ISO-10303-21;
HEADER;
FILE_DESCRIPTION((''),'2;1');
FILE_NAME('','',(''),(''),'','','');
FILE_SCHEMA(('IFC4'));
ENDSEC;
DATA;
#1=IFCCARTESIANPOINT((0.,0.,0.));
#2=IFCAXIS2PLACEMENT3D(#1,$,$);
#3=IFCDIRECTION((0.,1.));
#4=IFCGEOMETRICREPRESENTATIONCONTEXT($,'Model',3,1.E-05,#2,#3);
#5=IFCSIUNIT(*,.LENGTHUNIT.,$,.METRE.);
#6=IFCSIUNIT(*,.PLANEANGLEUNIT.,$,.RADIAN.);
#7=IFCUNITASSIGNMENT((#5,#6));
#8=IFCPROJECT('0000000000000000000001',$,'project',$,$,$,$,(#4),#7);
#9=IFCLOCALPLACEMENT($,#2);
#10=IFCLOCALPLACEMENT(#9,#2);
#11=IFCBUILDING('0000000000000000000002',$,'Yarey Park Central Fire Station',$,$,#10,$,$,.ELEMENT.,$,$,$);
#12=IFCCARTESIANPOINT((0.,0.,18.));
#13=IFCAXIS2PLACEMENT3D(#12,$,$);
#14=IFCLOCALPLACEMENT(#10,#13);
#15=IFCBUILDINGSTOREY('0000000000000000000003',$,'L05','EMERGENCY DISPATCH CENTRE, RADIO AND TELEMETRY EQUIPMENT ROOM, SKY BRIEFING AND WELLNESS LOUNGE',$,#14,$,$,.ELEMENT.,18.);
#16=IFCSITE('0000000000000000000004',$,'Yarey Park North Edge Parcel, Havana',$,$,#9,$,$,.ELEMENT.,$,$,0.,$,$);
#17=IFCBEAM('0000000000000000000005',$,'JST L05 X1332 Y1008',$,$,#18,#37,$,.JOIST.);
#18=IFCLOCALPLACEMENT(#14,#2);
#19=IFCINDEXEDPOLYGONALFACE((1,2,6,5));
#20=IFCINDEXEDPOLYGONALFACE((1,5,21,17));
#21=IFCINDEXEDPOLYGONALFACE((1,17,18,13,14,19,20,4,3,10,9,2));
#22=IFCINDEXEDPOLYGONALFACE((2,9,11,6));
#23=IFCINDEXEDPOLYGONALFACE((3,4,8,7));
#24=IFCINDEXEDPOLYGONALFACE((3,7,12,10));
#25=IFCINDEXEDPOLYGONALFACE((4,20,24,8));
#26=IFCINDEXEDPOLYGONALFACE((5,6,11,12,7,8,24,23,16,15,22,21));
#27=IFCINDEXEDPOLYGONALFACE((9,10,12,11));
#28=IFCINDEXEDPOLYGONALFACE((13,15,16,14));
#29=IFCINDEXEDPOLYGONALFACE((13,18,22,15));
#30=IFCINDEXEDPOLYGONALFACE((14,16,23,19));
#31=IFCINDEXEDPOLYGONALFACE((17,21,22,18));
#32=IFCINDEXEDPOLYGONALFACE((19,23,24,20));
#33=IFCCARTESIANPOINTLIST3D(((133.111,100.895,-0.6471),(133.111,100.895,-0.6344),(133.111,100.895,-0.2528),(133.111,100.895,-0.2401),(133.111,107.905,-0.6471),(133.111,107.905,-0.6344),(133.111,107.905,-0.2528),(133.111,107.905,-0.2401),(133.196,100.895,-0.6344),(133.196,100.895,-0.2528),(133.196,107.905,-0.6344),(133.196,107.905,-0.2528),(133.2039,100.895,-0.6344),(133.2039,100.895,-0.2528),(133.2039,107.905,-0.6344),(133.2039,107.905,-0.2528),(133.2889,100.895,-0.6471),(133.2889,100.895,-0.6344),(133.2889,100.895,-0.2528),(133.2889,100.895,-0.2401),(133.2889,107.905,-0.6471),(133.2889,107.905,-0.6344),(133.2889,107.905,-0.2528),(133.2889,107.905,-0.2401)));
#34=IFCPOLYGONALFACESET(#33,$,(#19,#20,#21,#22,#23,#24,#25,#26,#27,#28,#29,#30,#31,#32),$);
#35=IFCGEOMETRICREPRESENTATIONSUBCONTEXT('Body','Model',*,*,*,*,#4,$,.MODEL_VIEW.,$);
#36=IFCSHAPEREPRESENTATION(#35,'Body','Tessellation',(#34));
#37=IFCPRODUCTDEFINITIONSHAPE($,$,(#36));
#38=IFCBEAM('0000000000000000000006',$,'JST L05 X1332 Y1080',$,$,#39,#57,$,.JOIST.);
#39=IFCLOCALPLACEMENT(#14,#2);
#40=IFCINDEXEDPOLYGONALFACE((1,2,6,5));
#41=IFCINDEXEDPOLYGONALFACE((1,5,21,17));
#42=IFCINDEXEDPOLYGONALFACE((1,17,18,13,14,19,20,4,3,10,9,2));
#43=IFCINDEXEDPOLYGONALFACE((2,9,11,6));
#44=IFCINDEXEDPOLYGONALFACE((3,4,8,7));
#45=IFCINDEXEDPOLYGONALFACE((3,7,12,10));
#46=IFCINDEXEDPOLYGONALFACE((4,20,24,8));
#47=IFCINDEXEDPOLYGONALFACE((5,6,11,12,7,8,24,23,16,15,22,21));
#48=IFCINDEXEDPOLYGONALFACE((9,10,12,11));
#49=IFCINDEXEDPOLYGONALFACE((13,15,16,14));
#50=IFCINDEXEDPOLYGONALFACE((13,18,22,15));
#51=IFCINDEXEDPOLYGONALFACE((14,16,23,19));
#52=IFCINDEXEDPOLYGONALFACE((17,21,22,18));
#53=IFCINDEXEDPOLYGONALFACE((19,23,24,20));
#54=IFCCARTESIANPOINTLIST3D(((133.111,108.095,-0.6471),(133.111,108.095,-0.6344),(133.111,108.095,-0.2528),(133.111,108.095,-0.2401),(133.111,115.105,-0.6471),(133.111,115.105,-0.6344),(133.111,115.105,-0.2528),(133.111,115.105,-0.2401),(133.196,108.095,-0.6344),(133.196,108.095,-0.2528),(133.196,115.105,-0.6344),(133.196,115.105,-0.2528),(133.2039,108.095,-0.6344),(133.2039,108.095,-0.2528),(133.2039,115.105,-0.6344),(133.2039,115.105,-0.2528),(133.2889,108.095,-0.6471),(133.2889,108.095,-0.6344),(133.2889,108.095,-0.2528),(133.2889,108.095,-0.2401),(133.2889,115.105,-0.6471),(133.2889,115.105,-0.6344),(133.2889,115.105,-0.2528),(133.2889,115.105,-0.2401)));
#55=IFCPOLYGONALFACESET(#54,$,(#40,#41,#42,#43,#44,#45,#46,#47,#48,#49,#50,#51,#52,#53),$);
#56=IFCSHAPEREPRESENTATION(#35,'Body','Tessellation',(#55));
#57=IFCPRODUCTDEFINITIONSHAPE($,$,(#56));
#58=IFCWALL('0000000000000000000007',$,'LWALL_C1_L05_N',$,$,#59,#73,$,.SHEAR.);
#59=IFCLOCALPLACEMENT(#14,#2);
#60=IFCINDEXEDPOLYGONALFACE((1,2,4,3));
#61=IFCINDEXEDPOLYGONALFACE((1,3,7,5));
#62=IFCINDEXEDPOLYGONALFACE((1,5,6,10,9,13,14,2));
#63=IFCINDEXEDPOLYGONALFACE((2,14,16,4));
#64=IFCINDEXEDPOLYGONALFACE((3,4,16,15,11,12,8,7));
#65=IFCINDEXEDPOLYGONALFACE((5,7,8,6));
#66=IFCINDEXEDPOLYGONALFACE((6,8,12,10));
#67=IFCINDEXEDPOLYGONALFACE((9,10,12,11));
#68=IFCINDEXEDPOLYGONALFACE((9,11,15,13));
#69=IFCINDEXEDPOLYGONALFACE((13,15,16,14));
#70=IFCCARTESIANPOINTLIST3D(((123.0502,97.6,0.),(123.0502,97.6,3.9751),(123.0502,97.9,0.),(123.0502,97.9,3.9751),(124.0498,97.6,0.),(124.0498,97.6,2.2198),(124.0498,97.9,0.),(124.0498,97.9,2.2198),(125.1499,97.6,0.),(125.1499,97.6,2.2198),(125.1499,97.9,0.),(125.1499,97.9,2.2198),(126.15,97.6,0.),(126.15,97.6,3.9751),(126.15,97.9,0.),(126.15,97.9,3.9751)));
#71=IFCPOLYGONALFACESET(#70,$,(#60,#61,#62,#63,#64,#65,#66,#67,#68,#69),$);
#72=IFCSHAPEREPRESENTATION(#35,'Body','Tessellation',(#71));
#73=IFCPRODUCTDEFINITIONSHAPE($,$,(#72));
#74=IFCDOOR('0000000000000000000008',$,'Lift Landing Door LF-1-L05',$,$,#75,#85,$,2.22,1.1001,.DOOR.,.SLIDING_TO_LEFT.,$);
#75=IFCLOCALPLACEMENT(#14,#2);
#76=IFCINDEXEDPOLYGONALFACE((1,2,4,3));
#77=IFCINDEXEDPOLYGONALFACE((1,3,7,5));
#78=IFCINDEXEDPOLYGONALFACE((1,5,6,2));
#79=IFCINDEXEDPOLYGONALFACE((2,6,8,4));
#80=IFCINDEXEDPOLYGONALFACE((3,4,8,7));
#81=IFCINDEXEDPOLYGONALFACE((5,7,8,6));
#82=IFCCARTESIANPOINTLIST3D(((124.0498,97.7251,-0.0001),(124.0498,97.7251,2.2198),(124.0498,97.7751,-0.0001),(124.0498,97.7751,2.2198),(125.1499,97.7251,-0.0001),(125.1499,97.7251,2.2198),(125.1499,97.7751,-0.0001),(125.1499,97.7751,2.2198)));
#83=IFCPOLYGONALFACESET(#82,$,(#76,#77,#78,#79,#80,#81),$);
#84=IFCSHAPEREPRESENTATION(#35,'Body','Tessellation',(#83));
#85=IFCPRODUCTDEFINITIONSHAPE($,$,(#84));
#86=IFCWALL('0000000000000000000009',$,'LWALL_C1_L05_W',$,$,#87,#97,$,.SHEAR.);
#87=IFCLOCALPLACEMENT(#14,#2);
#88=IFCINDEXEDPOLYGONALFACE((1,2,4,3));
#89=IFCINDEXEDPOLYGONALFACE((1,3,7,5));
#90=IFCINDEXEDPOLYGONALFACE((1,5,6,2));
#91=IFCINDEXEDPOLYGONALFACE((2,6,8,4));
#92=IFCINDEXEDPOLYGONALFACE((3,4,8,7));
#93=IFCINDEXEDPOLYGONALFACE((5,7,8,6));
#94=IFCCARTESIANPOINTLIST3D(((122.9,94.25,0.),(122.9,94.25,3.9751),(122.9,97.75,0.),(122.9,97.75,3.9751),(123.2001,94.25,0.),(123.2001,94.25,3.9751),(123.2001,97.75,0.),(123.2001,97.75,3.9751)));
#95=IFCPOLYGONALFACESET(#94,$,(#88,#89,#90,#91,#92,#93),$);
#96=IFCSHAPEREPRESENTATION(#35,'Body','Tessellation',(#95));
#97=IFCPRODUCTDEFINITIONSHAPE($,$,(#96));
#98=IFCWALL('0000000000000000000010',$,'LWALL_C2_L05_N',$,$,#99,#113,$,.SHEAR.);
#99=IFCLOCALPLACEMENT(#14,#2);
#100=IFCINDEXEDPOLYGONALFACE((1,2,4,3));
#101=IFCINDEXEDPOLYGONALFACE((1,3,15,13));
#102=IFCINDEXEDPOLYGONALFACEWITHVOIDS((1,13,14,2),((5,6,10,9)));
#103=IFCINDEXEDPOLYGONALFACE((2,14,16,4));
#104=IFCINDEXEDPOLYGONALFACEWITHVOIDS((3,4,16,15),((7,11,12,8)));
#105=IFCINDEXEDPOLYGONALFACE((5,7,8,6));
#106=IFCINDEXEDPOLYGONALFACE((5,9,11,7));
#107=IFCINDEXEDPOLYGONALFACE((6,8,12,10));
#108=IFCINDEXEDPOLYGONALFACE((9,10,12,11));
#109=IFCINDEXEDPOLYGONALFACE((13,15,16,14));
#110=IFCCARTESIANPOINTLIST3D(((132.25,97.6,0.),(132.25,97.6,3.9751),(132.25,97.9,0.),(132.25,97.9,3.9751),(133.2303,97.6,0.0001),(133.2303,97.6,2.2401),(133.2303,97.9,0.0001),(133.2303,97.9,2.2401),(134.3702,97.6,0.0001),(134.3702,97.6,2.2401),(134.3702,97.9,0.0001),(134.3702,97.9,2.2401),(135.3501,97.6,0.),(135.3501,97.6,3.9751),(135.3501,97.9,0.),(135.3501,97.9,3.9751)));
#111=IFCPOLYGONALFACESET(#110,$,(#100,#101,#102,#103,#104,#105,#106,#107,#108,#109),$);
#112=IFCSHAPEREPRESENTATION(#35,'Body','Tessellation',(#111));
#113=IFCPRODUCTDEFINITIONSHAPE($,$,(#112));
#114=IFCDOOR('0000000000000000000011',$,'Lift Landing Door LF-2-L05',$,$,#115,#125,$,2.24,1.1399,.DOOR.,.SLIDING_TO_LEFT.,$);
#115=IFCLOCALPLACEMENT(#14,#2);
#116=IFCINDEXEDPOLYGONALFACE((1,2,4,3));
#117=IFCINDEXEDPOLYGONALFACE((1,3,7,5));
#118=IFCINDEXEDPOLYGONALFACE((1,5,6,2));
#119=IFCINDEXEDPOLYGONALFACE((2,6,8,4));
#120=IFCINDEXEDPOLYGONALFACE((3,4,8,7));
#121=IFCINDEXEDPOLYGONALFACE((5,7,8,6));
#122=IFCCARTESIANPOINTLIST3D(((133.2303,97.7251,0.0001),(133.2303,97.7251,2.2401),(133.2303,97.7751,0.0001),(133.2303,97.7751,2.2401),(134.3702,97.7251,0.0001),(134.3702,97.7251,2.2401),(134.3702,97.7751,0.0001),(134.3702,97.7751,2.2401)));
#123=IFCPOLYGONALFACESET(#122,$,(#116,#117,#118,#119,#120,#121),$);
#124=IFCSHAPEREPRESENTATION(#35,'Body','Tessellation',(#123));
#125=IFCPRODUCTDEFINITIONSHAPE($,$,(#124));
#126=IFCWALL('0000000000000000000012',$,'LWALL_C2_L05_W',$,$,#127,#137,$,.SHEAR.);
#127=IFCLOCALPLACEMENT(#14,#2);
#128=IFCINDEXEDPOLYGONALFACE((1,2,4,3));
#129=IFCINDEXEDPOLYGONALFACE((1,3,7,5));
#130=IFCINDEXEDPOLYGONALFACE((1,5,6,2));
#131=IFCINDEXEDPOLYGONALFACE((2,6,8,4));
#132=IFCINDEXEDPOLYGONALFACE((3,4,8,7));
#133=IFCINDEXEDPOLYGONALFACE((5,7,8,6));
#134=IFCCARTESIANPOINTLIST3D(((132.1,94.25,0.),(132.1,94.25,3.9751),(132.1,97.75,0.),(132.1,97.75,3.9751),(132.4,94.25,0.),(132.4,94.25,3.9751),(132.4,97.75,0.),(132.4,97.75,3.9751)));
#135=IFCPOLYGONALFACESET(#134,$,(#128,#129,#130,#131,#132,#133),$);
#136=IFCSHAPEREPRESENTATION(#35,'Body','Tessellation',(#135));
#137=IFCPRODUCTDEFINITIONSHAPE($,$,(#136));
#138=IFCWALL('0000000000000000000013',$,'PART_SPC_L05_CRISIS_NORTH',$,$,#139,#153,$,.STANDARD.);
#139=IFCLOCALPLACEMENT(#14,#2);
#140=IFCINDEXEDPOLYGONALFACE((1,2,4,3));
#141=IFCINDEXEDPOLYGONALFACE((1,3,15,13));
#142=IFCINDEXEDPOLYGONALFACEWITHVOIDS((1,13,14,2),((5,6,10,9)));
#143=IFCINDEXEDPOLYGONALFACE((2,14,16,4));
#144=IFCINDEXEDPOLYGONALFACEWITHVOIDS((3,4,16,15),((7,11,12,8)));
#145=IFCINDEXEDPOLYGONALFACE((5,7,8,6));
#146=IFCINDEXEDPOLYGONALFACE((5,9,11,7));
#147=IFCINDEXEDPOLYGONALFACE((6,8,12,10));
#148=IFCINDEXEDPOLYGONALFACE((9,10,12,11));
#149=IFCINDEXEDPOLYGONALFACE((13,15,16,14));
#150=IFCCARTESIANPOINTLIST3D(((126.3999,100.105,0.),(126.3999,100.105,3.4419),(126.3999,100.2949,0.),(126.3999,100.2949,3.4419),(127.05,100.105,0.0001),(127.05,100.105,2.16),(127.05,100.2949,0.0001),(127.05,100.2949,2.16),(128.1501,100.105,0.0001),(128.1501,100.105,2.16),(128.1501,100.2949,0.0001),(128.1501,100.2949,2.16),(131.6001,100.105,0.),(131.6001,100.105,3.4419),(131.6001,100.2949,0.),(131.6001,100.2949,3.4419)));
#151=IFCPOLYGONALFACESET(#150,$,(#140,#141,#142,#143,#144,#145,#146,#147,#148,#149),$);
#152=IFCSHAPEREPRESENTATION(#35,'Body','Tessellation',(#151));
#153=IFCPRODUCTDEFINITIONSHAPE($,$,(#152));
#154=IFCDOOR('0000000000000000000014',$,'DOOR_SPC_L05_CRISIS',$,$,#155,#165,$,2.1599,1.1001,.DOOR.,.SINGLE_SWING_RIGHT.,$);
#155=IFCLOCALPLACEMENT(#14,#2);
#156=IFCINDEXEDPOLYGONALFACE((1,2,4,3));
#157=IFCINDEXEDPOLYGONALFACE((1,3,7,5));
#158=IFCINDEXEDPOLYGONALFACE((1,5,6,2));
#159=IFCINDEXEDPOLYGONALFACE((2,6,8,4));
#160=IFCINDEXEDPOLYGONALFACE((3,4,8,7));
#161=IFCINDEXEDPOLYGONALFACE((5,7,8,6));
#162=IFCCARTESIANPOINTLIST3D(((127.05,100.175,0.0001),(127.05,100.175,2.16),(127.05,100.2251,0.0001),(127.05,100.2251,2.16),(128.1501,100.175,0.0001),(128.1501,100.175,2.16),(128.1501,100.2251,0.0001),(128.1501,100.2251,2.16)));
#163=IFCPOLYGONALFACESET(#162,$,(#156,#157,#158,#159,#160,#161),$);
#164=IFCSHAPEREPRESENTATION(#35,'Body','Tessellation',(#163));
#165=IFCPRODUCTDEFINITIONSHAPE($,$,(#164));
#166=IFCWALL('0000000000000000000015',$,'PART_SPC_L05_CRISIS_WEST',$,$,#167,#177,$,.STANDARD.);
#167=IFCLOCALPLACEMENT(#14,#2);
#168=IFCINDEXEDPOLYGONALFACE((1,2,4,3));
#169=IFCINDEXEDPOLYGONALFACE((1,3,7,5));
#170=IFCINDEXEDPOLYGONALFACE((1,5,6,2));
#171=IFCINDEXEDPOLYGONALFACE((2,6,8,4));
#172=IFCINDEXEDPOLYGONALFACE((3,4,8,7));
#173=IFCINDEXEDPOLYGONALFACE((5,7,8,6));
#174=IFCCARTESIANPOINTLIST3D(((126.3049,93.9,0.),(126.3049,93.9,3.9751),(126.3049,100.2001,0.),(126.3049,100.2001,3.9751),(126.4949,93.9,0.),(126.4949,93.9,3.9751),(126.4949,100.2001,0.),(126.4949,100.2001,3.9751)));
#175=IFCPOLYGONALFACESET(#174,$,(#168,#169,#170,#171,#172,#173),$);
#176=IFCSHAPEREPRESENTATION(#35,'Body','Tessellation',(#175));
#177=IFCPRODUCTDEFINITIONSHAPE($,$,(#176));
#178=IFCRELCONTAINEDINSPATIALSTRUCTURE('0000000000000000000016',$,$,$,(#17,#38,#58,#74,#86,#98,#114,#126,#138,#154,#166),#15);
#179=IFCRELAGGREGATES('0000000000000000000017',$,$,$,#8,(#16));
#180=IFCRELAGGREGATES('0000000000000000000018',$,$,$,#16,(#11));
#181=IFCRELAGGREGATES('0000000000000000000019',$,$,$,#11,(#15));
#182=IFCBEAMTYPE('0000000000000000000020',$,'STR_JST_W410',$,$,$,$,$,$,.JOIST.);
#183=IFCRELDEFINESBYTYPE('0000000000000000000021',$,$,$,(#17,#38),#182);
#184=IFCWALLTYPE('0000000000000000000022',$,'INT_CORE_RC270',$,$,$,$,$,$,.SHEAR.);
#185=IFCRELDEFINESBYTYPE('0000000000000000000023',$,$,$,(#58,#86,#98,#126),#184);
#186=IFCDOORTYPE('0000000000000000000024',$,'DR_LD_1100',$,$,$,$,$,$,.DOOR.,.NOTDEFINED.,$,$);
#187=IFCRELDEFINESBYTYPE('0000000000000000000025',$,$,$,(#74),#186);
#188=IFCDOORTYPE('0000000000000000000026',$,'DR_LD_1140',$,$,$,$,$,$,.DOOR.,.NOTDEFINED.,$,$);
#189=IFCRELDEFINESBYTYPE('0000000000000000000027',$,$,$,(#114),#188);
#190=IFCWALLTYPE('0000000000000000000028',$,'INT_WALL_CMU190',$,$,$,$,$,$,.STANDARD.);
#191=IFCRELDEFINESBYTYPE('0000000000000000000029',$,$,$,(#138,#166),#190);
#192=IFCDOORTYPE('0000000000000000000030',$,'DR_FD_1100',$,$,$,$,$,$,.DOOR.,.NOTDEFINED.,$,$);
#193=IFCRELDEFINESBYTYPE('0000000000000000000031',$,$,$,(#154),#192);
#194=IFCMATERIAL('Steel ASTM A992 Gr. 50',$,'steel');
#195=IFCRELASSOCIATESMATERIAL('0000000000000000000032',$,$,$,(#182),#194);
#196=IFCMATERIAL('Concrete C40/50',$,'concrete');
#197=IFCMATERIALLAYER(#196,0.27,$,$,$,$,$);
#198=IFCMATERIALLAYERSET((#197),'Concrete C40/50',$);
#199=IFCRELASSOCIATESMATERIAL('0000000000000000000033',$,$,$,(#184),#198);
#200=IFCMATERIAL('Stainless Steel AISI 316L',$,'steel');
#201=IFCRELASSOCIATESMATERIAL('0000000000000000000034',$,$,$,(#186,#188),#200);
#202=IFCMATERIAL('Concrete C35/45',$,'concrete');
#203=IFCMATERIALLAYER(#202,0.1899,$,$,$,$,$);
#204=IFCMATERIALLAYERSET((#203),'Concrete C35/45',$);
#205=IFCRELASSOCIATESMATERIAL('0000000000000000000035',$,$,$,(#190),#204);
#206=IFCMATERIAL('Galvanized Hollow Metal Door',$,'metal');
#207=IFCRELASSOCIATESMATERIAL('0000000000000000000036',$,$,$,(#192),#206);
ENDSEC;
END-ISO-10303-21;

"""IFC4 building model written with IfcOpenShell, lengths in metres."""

from ifc_helpers import new_model, si_unit, direction, frame, frame_2d, origin, origin_2d, place, context, subcontext, project, spatial, rectangle, i_section, extrude, material, layer, layer_set, material_profile, profile_set, type_object, element, fill, save


model = new_model("IFC4")

# Units and contexts
model_context = context("Model", 3, precision=1e-05, world=origin(), true_north=direction((0.0, 1.0)))
body_context = subcontext(model_context, "Body", "Model", "MODEL_VIEW")
ifc_project = project(units=[si_unit("LENGTHUNIT", "METRE"), si_unit("PLANEANGLEUNIT", "RADIAN")], contexts=[model_context])

# Site, building, storey
site_placement = place(None, origin())
site = spatial("IfcSite", under=ifc_project, at=site_placement, Name="Yarey Park North Edge Parcel, Havana", CompositionType="ELEMENT", RefElevation=0.0)
building_placement = place(site_placement, origin())
building = spatial("IfcBuilding", under=site, at=building_placement, Name="Yarey Park Central Fire Station", CompositionType="ELEMENT")
storey_placement = place(building_placement, frame((0.0, 0.0, 18.0)))
storey = spatial("IfcBuildingStorey", under=building, at=storey_placement, Name="L05", Description="EMERGENCY DISPATCH CENTRE, RADIO AND TELEMETRY EQUIPMENT ROOM, SKY BRIEFING AND WELLNESS LOUNGE", CompositionType="ELEMENT", Elevation=18.0)

# Shared definitions
ifc_material_1 = material(Name="Concrete C40/50", Category="concrete")

# Beams
ifc_material_2 = material(Name="Steel ASTM A992 Gr. 50", Category="steel")
ifc_material_profile_1 = material_profile(ifc_material_2, i_section(OverallWidth=0.178, OverallDepth=0.407, WebThickness=0.0078, FlangeThickness=0.0127, at=origin_2d()), Name="W410x60")
ifc_profile_set_1 = profile_set([ifc_material_profile_1], Name="Steel ASTM A992 Gr. 50")
beam_type_1 = type_object("IfcBeamType", Name="STR_JST_W410", PredefinedType="JOIST", material=ifc_profile_set_1)
for number, where, z_axis, x_axis, name in (
    (1, (133.2, 100.895, -0.4436), (0.0, 1.0, 0.0), (-1.0, 0.0, 0.0), "JST L05 X1332 Y1008"),
    (2, (133.2, 108.095, -0.4436), (0.0, 1.0, 0.0), (-1.0, 0.0, 0.0), "JST L05 X1332 Y1080"),
):
    element("IfcBeam", number, at=place(storey_placement, frame(where, z_axis=z_axis, x_axis=x_axis)), inside=storey, type_object=beam_type_1, Name=name, PredefinedType="JOIST", context=body_context, shape_type="SweptSolid", body=[
        extrude(i_section(OverallWidth=0.178, OverallDepth=0.407, WebThickness=0.0078, FlangeThickness=0.0127, at=origin_2d()), origin(), (0.0, 0.0, 1.0), 7.01),
    ])

# Wall, opening, door
ifc_layer_1 = layer(ifc_material_1, 0.27)
ifc_layer_set_1 = layer_set([ifc_layer_1], Name="Concrete C40/50")
wall_type_1 = type_object("IfcWallType", Name="INT_CORE_RC270", PredefinedType="SHEAR", material=ifc_layer_set_1)
wall_1_placement = place(storey_placement, frame((126.1499, 97.75, 0.0), z_axis=(0.0, 0.0, 1.0), x_axis=(-1.0, 0.0, 0.0)))
wall_1 = element("IfcWall", 3, at=wall_1_placement, inside=storey, type_object=wall_type_1, Name="LWALL_C1_L05_N", PredefinedType="SHEAR", context=body_context, shape_type="SweptSolid", body=[
    extrude(rectangle(XDim=3.0999, YDim=0.3, at=frame_2d((1.5498, 0.0))), origin(), (0.0, 0.0, 1.0), 3.9751),
])
opening_1_placement = place(wall_1_placement, frame((1.0, 0.0, 0.0)))
opening_1 = element("IfcOpeningElement", 4, at=opening_1_placement, cuts=wall_1, PredefinedType="OPENING", context=body_context, shape_type="SweptSolid", body=[
    extrude(rectangle(XDim=1.1001, YDim=2.22, at=frame_2d((0.55, 1.1099))), frame((0.0, 0.1599, 0.0), z_axis=(0.0, -1.0, 0.0), x_axis=(1.0, 0.0, 0.0)), (0.0, 0.0, 1.0), 0.3201),
])
ifc_material_3 = material(Name="Stainless Steel AISI 316L", Category="steel")
door_type_1 = type_object("IfcDoorType", Name="DR_LD_1100", OperationType="NOTDEFINED", PredefinedType="DOOR", material=ifc_material_3)
door_1_placement = place(opening_1_placement, origin())
door_1 = element("IfcDoor", 5, at=door_1_placement, inside=storey, type_object=door_type_1, Name="Lift Landing Door LF-1-L05", OperationType="SLIDING_TO_LEFT", OverallHeight=2.22, OverallWidth=1.1001, PredefinedType="DOOR", context=body_context, shape_type="SweptSolid", body=[
    extrude(rectangle(XDim=1.1001, YDim=2.22, at=frame_2d((0.55, 1.1099))), frame((0.0, 0.0249, 0.0), z_axis=(0.0, -1.0, 0.0), x_axis=(1.0, 0.0, 0.0)), (0.0, 0.0, 1.0), 0.05),
])
fill(opening_1, door_1)

# Wall
wall_2_placement = place(storey_placement, frame((123.05, 97.75, 0.0), z_axis=(0.0, 0.0, 1.0), x_axis=(0.0, -1.0, 0.0)))
element("IfcWall", 6, at=wall_2_placement, inside=storey, type_object=wall_type_1, Name="LWALL_C1_L05_W", PredefinedType="SHEAR", context=body_context, shape_type="SweptSolid", body=[
    extrude(rectangle(XDim=3.5, YDim=0.3, at=frame_2d((1.75, 0.0))), origin(), (0.0, 0.0, 1.0), 3.9751),
])

# Wall, opening, door
wall_3_placement = place(storey_placement, frame((135.3501, 97.75, 0.0), z_axis=(0.0, 0.0, 1.0), x_axis=(-1.0, 0.0, 0.0)))
wall_3 = element("IfcWall", 7, at=wall_3_placement, inside=storey, type_object=wall_type_1, Name="LWALL_C2_L05_N", PredefinedType="SHEAR", context=body_context, shape_type="SweptSolid", body=[
    extrude(rectangle(XDim=3.1001, YDim=0.3, at=frame_2d((1.55, 0.0))), origin(), (0.0, 0.0, 1.0), 3.9751),
])
opening_2_placement = place(wall_3_placement, frame((0.98, 0.0, 0.0)))
opening_2 = element("IfcOpeningElement", 8, at=opening_2_placement, cuts=wall_3, PredefinedType="OPENING", context=body_context, shape_type="SweptSolid", body=[
    extrude(rectangle(XDim=1.1399, YDim=2.24, at=frame_2d((0.5698, 1.1201))), frame((0.0, 0.1599, 0.0), z_axis=(0.0, -1.0, 0.0), x_axis=(1.0, 0.0, 0.0)), (0.0, 0.0, 1.0), 0.3201),
])
door_type_2 = type_object("IfcDoorType", Name="DR_LD_1140", OperationType="NOTDEFINED", PredefinedType="DOOR", material=ifc_material_3)
door_2_placement = place(opening_2_placement, origin())
door_2 = element("IfcDoor", 9, at=door_2_placement, inside=storey, type_object=door_type_2, Name="Lift Landing Door LF-2-L05", OperationType="SLIDING_TO_LEFT", OverallHeight=2.24, OverallWidth=1.1399, PredefinedType="DOOR", context=body_context, shape_type="SweptSolid", body=[
    extrude(rectangle(XDim=1.1399, YDim=2.24, at=frame_2d((0.5698, 1.1201))), frame((0.0, 0.0249, 0.0), z_axis=(0.0, -1.0, 0.0), x_axis=(1.0, 0.0, 0.0)), (0.0, 0.0, 1.0), 0.05),
])
fill(opening_2, door_2)

# Wall
wall_4_placement = place(storey_placement, frame((132.25, 97.75, 0.0), z_axis=(0.0, 0.0, 1.0), x_axis=(0.0, -1.0, 0.0)))
element("IfcWall", 10, at=wall_4_placement, inside=storey, type_object=wall_type_1, Name="LWALL_C2_L05_W", PredefinedType="SHEAR", context=body_context, shape_type="SweptSolid", body=[
    extrude(rectangle(XDim=3.5, YDim=0.3, at=frame_2d((1.75, 0.0))), origin(), (0.0, 0.0, 1.0), 3.9751),
])

# Wall, opening, door
ifc_material_4 = material(Name="Concrete C35/45", Category="concrete")
ifc_layer_2 = layer(ifc_material_4, 0.1899)
ifc_layer_set_2 = layer_set([ifc_layer_2], Name="Concrete C35/45")
wall_type_2 = type_object("IfcWallType", Name="INT_WALL_CMU190", PredefinedType="STANDARD", material=ifc_layer_set_2)
wall_5_placement = place(storey_placement, frame((131.6001, 100.2, 0.0), z_axis=(0.0, 0.0, 1.0), x_axis=(-1.0, 0.0, 0.0)))
wall_5 = element("IfcWall", 11, at=wall_5_placement, inside=storey, type_object=wall_type_2, Name="PART_SPC_L05_CRISIS_NORTH", PredefinedType="STANDARD", context=body_context, shape_type="SweptSolid", body=[
    extrude(rectangle(XDim=5.2002, YDim=0.1899, at=frame_2d((2.6001, 0.0))), origin(), (0.0, 0.0, 1.0), 3.4419),
])
opening_3_placement = place(wall_5_placement, frame((3.45, 0.0, 0.0)))
opening_3 = element("IfcOpeningElement", 12, at=opening_3_placement, cuts=wall_5, PredefinedType="OPENING", context=body_context, shape_type="SweptSolid", body=[
    extrude(rectangle(XDim=1.1001, YDim=2.1599, at=frame_2d((0.55, 1.0801))), frame((0.0, 0.105, 0.0), z_axis=(0.0, -1.0, 0.0), x_axis=(1.0, 0.0, 0.0)), (0.0, 0.0, 1.0), 0.21),
])
ifc_material_5 = material(Name="Galvanized Hollow Metal Door", Category="metal")
door_type_3 = type_object("IfcDoorType", Name="DR_FD_1100", OperationType="NOTDEFINED", PredefinedType="DOOR", material=ifc_material_5)
door_3_placement = place(opening_3_placement, origin())
door_3 = element("IfcDoor", 13, at=door_3_placement, inside=storey, type_object=door_type_3, Name="DOOR_SPC_L05_CRISIS", OperationType="SINGLE_SWING_RIGHT", OverallHeight=2.1599, OverallWidth=1.1001, PredefinedType="DOOR", context=body_context, shape_type="SweptSolid", body=[
    extrude(rectangle(XDim=1.1001, YDim=2.1599, at=frame_2d((0.55, 1.0801))), frame((0.0, 0.0249, 0.0), z_axis=(0.0, -1.0, 0.0), x_axis=(1.0, 0.0, 0.0)), (0.0, 0.0, 1.0), 0.05),
])
fill(opening_3, door_3)

# Wall
wall_6_placement = place(storey_placement, frame((126.3999, 100.2, 0.0), z_axis=(0.0, 0.0, 1.0), x_axis=(0.0, -1.0, 0.0)))
element("IfcWall", 14, at=wall_6_placement, inside=storey, type_object=wall_type_2, Name="PART_SPC_L05_CRISIS_WEST", PredefinedType="STANDARD", context=body_context, shape_type="SweptSolid", body=[
    extrude(rectangle(XDim=6.3, YDim=0.1899, at=frame_2d((3.1499, 0.0))), origin(), (0.0, 0.0, 1.0), 3.9751),
])

save(model, "model.ifc")
